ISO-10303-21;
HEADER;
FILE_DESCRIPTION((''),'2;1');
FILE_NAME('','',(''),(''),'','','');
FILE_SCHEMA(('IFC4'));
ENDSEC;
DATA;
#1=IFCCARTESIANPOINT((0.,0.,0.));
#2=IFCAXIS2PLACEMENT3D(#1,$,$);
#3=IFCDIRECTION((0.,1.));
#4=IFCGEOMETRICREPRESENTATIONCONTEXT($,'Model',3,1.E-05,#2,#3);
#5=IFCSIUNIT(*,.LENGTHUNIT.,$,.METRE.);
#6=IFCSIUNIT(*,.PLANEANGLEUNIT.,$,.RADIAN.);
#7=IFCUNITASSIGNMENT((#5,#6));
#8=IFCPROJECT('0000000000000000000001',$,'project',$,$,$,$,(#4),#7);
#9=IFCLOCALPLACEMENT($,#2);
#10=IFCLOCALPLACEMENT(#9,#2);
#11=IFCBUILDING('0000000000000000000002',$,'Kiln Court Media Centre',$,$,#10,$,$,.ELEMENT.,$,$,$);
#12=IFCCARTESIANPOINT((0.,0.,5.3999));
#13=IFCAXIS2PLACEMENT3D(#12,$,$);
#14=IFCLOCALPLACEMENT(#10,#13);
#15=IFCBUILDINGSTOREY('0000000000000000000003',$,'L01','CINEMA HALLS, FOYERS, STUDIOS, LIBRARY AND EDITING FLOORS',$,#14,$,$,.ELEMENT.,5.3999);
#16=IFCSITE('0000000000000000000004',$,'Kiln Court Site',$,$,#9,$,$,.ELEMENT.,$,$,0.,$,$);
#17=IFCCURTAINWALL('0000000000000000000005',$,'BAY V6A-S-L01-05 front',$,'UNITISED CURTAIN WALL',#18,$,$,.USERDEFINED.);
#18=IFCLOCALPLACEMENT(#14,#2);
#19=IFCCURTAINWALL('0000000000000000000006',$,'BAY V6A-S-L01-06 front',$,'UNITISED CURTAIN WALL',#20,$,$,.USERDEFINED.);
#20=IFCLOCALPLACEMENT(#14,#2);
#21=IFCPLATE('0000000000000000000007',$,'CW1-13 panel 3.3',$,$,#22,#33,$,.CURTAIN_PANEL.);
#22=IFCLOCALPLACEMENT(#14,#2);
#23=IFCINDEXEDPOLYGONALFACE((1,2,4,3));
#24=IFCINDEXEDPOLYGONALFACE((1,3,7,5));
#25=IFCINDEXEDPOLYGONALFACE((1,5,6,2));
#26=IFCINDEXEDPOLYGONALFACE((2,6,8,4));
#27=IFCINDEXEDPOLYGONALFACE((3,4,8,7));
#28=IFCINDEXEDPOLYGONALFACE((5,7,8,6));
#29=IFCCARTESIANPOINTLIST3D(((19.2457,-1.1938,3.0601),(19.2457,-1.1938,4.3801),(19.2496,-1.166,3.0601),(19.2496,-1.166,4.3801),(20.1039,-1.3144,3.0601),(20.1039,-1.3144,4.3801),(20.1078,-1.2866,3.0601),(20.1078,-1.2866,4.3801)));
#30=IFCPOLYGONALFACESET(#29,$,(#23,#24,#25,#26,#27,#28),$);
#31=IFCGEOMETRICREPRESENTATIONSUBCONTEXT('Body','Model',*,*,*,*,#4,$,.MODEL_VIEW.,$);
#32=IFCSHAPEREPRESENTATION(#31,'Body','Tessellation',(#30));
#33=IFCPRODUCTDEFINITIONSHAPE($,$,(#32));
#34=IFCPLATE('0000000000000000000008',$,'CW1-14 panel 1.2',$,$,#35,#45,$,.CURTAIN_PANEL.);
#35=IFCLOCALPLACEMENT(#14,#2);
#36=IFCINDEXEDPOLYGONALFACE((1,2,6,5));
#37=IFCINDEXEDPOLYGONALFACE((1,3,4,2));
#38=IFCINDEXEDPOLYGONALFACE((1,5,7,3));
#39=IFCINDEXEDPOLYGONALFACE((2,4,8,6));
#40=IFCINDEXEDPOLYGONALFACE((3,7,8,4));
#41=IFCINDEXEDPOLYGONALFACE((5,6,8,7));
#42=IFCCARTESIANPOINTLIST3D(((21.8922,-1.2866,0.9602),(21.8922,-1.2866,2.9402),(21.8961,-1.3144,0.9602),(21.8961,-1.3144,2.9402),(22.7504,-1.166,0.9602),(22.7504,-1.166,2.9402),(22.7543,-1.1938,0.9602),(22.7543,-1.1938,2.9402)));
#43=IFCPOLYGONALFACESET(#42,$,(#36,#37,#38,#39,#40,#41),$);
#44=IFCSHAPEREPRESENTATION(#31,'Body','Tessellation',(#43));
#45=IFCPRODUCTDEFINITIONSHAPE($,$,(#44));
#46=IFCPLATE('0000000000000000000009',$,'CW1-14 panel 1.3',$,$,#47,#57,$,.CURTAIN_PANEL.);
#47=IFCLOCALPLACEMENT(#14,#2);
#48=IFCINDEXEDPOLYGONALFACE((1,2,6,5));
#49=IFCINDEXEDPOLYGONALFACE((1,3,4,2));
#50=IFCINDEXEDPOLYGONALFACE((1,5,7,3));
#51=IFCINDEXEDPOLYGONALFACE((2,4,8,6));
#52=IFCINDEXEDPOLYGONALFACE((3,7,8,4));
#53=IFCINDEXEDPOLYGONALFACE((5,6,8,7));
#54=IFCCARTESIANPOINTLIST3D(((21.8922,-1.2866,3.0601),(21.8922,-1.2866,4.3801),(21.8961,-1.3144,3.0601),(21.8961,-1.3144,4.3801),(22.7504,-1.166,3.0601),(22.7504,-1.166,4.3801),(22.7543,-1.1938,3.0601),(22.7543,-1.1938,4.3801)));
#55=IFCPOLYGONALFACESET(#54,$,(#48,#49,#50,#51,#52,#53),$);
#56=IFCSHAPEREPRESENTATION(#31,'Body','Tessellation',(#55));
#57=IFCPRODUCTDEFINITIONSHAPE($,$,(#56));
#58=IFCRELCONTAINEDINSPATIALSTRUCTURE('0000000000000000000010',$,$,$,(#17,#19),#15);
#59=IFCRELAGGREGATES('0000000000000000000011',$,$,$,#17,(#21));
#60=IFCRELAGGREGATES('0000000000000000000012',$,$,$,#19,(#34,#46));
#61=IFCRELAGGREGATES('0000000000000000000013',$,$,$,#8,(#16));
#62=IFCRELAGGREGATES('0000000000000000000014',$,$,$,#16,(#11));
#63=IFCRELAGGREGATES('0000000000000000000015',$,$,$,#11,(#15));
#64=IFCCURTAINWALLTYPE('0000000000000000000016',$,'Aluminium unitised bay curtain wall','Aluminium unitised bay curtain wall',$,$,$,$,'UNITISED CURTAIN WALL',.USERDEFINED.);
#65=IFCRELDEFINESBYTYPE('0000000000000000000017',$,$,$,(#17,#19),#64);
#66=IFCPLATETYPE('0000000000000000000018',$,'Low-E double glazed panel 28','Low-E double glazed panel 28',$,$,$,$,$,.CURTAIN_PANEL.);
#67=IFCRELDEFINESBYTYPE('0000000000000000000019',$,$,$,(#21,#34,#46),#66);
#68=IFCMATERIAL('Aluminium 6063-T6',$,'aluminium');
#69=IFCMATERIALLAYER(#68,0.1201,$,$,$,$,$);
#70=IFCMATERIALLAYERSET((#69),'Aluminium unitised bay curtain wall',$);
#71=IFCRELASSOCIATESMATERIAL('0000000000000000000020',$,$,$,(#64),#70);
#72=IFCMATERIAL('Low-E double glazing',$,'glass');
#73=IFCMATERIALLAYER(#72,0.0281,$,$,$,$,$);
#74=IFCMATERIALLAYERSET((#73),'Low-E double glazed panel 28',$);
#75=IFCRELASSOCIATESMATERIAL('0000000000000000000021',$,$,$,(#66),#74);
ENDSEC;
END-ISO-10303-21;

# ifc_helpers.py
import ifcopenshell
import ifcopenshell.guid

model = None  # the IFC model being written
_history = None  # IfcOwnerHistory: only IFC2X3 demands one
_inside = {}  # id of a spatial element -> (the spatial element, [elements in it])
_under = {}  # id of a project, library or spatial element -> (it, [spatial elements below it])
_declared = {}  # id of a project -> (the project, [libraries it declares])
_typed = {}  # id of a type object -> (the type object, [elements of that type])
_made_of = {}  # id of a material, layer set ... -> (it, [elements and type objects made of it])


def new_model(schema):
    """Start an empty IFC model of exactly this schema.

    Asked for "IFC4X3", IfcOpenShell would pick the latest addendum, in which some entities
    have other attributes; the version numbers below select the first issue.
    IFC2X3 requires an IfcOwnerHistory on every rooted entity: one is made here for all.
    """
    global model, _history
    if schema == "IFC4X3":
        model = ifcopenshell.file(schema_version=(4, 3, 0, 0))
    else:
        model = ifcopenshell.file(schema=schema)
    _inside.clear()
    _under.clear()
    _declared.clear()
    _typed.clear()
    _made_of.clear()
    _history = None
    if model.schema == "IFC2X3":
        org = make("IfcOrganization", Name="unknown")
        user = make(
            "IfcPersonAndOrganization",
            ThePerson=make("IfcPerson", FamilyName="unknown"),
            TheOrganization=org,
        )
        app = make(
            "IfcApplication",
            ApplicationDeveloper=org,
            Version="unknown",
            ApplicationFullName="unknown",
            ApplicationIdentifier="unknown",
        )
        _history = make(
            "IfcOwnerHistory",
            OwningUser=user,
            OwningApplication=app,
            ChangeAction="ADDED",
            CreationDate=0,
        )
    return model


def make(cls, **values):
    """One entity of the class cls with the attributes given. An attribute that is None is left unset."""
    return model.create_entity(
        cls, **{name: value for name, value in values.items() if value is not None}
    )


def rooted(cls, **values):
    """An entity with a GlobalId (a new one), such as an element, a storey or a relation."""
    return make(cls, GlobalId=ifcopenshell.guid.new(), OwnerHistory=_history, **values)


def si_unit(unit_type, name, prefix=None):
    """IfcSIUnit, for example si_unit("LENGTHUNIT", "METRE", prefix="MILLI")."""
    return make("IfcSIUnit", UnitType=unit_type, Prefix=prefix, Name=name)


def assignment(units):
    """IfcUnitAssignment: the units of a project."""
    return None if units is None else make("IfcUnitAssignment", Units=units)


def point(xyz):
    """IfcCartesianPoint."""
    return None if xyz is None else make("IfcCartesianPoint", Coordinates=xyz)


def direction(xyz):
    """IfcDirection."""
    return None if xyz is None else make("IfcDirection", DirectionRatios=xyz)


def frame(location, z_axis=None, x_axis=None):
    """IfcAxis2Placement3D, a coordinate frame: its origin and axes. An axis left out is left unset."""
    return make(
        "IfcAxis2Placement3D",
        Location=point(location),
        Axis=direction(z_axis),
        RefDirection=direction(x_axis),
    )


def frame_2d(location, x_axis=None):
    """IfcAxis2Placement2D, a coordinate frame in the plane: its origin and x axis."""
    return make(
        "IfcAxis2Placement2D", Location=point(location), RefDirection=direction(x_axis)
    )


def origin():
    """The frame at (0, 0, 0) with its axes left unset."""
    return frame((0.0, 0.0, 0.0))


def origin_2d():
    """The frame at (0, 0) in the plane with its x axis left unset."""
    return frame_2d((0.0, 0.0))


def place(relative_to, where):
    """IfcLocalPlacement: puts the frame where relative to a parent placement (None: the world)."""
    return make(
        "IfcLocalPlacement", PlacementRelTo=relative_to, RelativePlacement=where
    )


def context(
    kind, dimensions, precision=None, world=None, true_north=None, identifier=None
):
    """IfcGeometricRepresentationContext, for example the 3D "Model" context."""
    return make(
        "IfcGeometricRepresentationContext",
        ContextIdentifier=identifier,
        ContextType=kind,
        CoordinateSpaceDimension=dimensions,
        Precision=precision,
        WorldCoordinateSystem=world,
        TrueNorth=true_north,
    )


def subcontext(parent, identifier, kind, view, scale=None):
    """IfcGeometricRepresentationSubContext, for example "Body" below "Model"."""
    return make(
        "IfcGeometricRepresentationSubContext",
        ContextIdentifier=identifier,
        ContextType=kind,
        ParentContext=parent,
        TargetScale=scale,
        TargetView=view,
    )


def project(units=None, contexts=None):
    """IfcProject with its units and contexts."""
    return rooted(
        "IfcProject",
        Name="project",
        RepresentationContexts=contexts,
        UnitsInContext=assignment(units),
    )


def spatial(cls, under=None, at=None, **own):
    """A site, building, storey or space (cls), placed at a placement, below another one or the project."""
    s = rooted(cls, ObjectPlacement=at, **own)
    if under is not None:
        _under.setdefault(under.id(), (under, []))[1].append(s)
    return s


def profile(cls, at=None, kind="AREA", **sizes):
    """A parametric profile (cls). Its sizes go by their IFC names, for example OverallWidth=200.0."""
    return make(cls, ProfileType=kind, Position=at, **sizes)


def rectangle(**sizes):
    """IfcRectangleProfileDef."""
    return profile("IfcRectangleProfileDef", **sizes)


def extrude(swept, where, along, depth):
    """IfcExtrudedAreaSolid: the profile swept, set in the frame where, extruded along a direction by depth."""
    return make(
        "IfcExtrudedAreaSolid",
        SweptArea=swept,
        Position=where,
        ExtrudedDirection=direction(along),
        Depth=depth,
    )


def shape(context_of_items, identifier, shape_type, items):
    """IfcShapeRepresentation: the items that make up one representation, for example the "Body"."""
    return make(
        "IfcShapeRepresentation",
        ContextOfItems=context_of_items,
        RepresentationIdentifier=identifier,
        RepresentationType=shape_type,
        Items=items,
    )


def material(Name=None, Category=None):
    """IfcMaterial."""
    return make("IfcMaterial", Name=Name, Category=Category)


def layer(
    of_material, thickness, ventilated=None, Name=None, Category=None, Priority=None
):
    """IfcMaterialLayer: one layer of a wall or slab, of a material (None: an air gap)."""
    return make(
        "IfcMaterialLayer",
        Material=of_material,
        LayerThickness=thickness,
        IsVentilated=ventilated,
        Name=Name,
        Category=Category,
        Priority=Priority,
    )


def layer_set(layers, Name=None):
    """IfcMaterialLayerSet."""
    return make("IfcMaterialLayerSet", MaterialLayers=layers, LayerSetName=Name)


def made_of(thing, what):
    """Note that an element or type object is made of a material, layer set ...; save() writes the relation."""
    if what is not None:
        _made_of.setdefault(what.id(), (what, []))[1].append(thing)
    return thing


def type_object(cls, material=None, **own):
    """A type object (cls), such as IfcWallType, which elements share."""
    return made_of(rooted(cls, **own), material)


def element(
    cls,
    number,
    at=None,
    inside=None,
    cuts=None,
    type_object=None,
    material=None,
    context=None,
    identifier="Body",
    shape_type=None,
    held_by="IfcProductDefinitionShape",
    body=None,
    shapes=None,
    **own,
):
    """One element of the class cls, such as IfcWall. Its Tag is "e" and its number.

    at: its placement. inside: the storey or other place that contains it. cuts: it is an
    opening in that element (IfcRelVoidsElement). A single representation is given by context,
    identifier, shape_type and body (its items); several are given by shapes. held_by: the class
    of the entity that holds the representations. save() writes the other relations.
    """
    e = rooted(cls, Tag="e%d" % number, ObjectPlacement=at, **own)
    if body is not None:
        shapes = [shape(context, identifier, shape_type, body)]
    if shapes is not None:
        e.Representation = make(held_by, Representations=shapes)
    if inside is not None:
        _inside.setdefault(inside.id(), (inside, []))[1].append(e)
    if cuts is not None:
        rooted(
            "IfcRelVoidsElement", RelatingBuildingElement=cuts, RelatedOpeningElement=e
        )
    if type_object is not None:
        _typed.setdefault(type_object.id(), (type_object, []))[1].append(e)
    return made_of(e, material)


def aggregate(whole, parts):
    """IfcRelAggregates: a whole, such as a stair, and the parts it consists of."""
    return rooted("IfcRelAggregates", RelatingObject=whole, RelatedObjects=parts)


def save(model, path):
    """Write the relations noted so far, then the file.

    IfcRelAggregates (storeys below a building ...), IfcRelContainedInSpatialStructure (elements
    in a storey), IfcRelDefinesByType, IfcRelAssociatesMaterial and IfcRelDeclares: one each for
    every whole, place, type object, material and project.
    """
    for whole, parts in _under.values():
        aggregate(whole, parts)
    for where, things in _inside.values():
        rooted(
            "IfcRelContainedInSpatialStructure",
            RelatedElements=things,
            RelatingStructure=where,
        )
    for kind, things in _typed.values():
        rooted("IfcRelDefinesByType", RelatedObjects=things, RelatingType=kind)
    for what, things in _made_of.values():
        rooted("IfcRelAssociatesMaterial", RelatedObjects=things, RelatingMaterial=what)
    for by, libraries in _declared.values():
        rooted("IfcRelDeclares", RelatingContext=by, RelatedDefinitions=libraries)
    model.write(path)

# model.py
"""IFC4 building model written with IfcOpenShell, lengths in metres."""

from ifc_helpers import new_model, si_unit, direction, frame, origin, origin_2d, place, context, subcontext, project, spatial, rectangle, extrude, material, layer, layer_set, type_object, element, aggregate, save


model = new_model("IFC4")

# Units and contexts
model_context = context("Model", 3, precision=1e-05, world=origin(), true_north=direction((0.0, 1.0)))
body_context = subcontext(model_context, "Body", "Model", "MODEL_VIEW")
ifc_project = project(units=[si_unit("LENGTHUNIT", "METRE"), si_unit("PLANEANGLEUNIT", "RADIAN")], contexts=[model_context])

# Site, building, storey
site_placement = place(None, origin())
site = spatial("IfcSite", under=ifc_project, at=site_placement, Name="Kiln Court Site", CompositionType="ELEMENT", RefElevation=0.0)
building_placement = place(site_placement, origin())
building = spatial("IfcBuilding", under=site, at=building_placement, Name="Kiln Court Media Centre", CompositionType="ELEMENT")
storey_placement = place(building_placement, frame((0.0, 0.0, 5.3999)))
storey = spatial("IfcBuildingStorey", under=building, at=storey_placement, Name="L01", Description="CINEMA HALLS, FOYERS, STUDIOS, LIBRARY AND EDITING FLOORS", CompositionType="ELEMENT", Elevation=5.3999)

# Curtain walls
ifc_material_1 = material(Name="Aluminium 6063-T6", Category="aluminium")
ifc_layer_1 = layer(ifc_material_1, 0.1201)
ifc_layer_set_1 = layer_set([ifc_layer_1], Name="Aluminium unitised bay curtain wall")
curtain_wall_type = type_object("IfcCurtainWallType", Name="Aluminium unitised bay curtain wall", Description="Aluminium unitised bay curtain wall", ElementType="UNITISED CURTAIN WALL", PredefinedType="USERDEFINED", material=ifc_layer_set_1)
curtain_wall_1_placement = place(storey_placement, origin())
curtain_wall_1 = element("IfcCurtainWall", 1, at=curtain_wall_1_placement, inside=storey, type_object=curtain_wall_type, Name="BAY V6A-S-L01-05 front", ObjectType="UNITISED CURTAIN WALL", PredefinedType="USERDEFINED")
curtain_wall_2_placement = place(storey_placement, origin())
curtain_wall_2 = element("IfcCurtainWall", 2, at=curtain_wall_2_placement, inside=storey, type_object=curtain_wall_type, Name="BAY V6A-S-L01-06 front", ObjectType="UNITISED CURTAIN WALL", PredefinedType="USERDEFINED")

# Plates
ifc_material_2 = material(Name="Low-E double glazing", Category="glass")
ifc_layer_2 = layer(ifc_material_2, 0.0281)
ifc_layer_set_2 = layer_set([ifc_layer_2], Name="Low-E double glazed panel 28")
plate_type_1 = type_object("IfcPlateType", Name="Low-E double glazed panel 28", Description="Low-E double glazed panel 28", PredefinedType="CURTAIN_PANEL", material=ifc_layer_set_2)
plate_1_placement = place(storey_placement, frame((19.6768, -1.2402, 3.0601), z_axis=(0.0, 0.0, 1.0), x_axis=(0.99027, -0.139162, 0.0)))
plate_1 = element("IfcPlate", 3, at=plate_1_placement, type_object=plate_type_1, Name="CW1-13 panel 3.3", PredefinedType="CURTAIN_PANEL", context=body_context, shape_type="SweptSolid", body=[
    extrude(rectangle(XDim=0.8667, YDim=0.0281, at=origin_2d()), origin(), (0.0, 0.0, 1.0), 1.3201),
])
aggregate(curtain_wall_1, [plate_1])
plate_2_placement = place(storey_placement, frame((22.3232, -1.2402, 0.9602), z_axis=(0.0, 0.0, 1.0), x_axis=(0.99027, 0.139162, 0.0)))
plate_2 = element("IfcPlate", 4, at=plate_2_placement, type_object=plate_type_1, Name="CW1-14 panel 1.2", PredefinedType="CURTAIN_PANEL", context=body_context, shape_type="SweptSolid", body=[
    extrude(rectangle(XDim=0.8667, YDim=0.0281, at=origin_2d()), origin(), (0.0, 0.0, 1.0), 1.98),
])
plate_3_placement = place(storey_placement, frame((22.3232, -1.2402, 3.0601), z_axis=(0.0, 0.0, 1.0), x_axis=(0.99027, 0.139162, 0.0)))
plate_3 = element("IfcPlate", 5, at=plate_3_placement, type_object=plate_type_1, Name="CW1-14 panel 1.3", PredefinedType="CURTAIN_PANEL", context=body_context, shape_type="SweptSolid", body=[
    extrude(rectangle(XDim=0.8667, YDim=0.0281, at=origin_2d()), origin(), (0.0, 0.0, 1.0), 1.3201),
])
aggregate(curtain_wall_2, [plate_2, plate_3])

save(model, "model.ifc")
